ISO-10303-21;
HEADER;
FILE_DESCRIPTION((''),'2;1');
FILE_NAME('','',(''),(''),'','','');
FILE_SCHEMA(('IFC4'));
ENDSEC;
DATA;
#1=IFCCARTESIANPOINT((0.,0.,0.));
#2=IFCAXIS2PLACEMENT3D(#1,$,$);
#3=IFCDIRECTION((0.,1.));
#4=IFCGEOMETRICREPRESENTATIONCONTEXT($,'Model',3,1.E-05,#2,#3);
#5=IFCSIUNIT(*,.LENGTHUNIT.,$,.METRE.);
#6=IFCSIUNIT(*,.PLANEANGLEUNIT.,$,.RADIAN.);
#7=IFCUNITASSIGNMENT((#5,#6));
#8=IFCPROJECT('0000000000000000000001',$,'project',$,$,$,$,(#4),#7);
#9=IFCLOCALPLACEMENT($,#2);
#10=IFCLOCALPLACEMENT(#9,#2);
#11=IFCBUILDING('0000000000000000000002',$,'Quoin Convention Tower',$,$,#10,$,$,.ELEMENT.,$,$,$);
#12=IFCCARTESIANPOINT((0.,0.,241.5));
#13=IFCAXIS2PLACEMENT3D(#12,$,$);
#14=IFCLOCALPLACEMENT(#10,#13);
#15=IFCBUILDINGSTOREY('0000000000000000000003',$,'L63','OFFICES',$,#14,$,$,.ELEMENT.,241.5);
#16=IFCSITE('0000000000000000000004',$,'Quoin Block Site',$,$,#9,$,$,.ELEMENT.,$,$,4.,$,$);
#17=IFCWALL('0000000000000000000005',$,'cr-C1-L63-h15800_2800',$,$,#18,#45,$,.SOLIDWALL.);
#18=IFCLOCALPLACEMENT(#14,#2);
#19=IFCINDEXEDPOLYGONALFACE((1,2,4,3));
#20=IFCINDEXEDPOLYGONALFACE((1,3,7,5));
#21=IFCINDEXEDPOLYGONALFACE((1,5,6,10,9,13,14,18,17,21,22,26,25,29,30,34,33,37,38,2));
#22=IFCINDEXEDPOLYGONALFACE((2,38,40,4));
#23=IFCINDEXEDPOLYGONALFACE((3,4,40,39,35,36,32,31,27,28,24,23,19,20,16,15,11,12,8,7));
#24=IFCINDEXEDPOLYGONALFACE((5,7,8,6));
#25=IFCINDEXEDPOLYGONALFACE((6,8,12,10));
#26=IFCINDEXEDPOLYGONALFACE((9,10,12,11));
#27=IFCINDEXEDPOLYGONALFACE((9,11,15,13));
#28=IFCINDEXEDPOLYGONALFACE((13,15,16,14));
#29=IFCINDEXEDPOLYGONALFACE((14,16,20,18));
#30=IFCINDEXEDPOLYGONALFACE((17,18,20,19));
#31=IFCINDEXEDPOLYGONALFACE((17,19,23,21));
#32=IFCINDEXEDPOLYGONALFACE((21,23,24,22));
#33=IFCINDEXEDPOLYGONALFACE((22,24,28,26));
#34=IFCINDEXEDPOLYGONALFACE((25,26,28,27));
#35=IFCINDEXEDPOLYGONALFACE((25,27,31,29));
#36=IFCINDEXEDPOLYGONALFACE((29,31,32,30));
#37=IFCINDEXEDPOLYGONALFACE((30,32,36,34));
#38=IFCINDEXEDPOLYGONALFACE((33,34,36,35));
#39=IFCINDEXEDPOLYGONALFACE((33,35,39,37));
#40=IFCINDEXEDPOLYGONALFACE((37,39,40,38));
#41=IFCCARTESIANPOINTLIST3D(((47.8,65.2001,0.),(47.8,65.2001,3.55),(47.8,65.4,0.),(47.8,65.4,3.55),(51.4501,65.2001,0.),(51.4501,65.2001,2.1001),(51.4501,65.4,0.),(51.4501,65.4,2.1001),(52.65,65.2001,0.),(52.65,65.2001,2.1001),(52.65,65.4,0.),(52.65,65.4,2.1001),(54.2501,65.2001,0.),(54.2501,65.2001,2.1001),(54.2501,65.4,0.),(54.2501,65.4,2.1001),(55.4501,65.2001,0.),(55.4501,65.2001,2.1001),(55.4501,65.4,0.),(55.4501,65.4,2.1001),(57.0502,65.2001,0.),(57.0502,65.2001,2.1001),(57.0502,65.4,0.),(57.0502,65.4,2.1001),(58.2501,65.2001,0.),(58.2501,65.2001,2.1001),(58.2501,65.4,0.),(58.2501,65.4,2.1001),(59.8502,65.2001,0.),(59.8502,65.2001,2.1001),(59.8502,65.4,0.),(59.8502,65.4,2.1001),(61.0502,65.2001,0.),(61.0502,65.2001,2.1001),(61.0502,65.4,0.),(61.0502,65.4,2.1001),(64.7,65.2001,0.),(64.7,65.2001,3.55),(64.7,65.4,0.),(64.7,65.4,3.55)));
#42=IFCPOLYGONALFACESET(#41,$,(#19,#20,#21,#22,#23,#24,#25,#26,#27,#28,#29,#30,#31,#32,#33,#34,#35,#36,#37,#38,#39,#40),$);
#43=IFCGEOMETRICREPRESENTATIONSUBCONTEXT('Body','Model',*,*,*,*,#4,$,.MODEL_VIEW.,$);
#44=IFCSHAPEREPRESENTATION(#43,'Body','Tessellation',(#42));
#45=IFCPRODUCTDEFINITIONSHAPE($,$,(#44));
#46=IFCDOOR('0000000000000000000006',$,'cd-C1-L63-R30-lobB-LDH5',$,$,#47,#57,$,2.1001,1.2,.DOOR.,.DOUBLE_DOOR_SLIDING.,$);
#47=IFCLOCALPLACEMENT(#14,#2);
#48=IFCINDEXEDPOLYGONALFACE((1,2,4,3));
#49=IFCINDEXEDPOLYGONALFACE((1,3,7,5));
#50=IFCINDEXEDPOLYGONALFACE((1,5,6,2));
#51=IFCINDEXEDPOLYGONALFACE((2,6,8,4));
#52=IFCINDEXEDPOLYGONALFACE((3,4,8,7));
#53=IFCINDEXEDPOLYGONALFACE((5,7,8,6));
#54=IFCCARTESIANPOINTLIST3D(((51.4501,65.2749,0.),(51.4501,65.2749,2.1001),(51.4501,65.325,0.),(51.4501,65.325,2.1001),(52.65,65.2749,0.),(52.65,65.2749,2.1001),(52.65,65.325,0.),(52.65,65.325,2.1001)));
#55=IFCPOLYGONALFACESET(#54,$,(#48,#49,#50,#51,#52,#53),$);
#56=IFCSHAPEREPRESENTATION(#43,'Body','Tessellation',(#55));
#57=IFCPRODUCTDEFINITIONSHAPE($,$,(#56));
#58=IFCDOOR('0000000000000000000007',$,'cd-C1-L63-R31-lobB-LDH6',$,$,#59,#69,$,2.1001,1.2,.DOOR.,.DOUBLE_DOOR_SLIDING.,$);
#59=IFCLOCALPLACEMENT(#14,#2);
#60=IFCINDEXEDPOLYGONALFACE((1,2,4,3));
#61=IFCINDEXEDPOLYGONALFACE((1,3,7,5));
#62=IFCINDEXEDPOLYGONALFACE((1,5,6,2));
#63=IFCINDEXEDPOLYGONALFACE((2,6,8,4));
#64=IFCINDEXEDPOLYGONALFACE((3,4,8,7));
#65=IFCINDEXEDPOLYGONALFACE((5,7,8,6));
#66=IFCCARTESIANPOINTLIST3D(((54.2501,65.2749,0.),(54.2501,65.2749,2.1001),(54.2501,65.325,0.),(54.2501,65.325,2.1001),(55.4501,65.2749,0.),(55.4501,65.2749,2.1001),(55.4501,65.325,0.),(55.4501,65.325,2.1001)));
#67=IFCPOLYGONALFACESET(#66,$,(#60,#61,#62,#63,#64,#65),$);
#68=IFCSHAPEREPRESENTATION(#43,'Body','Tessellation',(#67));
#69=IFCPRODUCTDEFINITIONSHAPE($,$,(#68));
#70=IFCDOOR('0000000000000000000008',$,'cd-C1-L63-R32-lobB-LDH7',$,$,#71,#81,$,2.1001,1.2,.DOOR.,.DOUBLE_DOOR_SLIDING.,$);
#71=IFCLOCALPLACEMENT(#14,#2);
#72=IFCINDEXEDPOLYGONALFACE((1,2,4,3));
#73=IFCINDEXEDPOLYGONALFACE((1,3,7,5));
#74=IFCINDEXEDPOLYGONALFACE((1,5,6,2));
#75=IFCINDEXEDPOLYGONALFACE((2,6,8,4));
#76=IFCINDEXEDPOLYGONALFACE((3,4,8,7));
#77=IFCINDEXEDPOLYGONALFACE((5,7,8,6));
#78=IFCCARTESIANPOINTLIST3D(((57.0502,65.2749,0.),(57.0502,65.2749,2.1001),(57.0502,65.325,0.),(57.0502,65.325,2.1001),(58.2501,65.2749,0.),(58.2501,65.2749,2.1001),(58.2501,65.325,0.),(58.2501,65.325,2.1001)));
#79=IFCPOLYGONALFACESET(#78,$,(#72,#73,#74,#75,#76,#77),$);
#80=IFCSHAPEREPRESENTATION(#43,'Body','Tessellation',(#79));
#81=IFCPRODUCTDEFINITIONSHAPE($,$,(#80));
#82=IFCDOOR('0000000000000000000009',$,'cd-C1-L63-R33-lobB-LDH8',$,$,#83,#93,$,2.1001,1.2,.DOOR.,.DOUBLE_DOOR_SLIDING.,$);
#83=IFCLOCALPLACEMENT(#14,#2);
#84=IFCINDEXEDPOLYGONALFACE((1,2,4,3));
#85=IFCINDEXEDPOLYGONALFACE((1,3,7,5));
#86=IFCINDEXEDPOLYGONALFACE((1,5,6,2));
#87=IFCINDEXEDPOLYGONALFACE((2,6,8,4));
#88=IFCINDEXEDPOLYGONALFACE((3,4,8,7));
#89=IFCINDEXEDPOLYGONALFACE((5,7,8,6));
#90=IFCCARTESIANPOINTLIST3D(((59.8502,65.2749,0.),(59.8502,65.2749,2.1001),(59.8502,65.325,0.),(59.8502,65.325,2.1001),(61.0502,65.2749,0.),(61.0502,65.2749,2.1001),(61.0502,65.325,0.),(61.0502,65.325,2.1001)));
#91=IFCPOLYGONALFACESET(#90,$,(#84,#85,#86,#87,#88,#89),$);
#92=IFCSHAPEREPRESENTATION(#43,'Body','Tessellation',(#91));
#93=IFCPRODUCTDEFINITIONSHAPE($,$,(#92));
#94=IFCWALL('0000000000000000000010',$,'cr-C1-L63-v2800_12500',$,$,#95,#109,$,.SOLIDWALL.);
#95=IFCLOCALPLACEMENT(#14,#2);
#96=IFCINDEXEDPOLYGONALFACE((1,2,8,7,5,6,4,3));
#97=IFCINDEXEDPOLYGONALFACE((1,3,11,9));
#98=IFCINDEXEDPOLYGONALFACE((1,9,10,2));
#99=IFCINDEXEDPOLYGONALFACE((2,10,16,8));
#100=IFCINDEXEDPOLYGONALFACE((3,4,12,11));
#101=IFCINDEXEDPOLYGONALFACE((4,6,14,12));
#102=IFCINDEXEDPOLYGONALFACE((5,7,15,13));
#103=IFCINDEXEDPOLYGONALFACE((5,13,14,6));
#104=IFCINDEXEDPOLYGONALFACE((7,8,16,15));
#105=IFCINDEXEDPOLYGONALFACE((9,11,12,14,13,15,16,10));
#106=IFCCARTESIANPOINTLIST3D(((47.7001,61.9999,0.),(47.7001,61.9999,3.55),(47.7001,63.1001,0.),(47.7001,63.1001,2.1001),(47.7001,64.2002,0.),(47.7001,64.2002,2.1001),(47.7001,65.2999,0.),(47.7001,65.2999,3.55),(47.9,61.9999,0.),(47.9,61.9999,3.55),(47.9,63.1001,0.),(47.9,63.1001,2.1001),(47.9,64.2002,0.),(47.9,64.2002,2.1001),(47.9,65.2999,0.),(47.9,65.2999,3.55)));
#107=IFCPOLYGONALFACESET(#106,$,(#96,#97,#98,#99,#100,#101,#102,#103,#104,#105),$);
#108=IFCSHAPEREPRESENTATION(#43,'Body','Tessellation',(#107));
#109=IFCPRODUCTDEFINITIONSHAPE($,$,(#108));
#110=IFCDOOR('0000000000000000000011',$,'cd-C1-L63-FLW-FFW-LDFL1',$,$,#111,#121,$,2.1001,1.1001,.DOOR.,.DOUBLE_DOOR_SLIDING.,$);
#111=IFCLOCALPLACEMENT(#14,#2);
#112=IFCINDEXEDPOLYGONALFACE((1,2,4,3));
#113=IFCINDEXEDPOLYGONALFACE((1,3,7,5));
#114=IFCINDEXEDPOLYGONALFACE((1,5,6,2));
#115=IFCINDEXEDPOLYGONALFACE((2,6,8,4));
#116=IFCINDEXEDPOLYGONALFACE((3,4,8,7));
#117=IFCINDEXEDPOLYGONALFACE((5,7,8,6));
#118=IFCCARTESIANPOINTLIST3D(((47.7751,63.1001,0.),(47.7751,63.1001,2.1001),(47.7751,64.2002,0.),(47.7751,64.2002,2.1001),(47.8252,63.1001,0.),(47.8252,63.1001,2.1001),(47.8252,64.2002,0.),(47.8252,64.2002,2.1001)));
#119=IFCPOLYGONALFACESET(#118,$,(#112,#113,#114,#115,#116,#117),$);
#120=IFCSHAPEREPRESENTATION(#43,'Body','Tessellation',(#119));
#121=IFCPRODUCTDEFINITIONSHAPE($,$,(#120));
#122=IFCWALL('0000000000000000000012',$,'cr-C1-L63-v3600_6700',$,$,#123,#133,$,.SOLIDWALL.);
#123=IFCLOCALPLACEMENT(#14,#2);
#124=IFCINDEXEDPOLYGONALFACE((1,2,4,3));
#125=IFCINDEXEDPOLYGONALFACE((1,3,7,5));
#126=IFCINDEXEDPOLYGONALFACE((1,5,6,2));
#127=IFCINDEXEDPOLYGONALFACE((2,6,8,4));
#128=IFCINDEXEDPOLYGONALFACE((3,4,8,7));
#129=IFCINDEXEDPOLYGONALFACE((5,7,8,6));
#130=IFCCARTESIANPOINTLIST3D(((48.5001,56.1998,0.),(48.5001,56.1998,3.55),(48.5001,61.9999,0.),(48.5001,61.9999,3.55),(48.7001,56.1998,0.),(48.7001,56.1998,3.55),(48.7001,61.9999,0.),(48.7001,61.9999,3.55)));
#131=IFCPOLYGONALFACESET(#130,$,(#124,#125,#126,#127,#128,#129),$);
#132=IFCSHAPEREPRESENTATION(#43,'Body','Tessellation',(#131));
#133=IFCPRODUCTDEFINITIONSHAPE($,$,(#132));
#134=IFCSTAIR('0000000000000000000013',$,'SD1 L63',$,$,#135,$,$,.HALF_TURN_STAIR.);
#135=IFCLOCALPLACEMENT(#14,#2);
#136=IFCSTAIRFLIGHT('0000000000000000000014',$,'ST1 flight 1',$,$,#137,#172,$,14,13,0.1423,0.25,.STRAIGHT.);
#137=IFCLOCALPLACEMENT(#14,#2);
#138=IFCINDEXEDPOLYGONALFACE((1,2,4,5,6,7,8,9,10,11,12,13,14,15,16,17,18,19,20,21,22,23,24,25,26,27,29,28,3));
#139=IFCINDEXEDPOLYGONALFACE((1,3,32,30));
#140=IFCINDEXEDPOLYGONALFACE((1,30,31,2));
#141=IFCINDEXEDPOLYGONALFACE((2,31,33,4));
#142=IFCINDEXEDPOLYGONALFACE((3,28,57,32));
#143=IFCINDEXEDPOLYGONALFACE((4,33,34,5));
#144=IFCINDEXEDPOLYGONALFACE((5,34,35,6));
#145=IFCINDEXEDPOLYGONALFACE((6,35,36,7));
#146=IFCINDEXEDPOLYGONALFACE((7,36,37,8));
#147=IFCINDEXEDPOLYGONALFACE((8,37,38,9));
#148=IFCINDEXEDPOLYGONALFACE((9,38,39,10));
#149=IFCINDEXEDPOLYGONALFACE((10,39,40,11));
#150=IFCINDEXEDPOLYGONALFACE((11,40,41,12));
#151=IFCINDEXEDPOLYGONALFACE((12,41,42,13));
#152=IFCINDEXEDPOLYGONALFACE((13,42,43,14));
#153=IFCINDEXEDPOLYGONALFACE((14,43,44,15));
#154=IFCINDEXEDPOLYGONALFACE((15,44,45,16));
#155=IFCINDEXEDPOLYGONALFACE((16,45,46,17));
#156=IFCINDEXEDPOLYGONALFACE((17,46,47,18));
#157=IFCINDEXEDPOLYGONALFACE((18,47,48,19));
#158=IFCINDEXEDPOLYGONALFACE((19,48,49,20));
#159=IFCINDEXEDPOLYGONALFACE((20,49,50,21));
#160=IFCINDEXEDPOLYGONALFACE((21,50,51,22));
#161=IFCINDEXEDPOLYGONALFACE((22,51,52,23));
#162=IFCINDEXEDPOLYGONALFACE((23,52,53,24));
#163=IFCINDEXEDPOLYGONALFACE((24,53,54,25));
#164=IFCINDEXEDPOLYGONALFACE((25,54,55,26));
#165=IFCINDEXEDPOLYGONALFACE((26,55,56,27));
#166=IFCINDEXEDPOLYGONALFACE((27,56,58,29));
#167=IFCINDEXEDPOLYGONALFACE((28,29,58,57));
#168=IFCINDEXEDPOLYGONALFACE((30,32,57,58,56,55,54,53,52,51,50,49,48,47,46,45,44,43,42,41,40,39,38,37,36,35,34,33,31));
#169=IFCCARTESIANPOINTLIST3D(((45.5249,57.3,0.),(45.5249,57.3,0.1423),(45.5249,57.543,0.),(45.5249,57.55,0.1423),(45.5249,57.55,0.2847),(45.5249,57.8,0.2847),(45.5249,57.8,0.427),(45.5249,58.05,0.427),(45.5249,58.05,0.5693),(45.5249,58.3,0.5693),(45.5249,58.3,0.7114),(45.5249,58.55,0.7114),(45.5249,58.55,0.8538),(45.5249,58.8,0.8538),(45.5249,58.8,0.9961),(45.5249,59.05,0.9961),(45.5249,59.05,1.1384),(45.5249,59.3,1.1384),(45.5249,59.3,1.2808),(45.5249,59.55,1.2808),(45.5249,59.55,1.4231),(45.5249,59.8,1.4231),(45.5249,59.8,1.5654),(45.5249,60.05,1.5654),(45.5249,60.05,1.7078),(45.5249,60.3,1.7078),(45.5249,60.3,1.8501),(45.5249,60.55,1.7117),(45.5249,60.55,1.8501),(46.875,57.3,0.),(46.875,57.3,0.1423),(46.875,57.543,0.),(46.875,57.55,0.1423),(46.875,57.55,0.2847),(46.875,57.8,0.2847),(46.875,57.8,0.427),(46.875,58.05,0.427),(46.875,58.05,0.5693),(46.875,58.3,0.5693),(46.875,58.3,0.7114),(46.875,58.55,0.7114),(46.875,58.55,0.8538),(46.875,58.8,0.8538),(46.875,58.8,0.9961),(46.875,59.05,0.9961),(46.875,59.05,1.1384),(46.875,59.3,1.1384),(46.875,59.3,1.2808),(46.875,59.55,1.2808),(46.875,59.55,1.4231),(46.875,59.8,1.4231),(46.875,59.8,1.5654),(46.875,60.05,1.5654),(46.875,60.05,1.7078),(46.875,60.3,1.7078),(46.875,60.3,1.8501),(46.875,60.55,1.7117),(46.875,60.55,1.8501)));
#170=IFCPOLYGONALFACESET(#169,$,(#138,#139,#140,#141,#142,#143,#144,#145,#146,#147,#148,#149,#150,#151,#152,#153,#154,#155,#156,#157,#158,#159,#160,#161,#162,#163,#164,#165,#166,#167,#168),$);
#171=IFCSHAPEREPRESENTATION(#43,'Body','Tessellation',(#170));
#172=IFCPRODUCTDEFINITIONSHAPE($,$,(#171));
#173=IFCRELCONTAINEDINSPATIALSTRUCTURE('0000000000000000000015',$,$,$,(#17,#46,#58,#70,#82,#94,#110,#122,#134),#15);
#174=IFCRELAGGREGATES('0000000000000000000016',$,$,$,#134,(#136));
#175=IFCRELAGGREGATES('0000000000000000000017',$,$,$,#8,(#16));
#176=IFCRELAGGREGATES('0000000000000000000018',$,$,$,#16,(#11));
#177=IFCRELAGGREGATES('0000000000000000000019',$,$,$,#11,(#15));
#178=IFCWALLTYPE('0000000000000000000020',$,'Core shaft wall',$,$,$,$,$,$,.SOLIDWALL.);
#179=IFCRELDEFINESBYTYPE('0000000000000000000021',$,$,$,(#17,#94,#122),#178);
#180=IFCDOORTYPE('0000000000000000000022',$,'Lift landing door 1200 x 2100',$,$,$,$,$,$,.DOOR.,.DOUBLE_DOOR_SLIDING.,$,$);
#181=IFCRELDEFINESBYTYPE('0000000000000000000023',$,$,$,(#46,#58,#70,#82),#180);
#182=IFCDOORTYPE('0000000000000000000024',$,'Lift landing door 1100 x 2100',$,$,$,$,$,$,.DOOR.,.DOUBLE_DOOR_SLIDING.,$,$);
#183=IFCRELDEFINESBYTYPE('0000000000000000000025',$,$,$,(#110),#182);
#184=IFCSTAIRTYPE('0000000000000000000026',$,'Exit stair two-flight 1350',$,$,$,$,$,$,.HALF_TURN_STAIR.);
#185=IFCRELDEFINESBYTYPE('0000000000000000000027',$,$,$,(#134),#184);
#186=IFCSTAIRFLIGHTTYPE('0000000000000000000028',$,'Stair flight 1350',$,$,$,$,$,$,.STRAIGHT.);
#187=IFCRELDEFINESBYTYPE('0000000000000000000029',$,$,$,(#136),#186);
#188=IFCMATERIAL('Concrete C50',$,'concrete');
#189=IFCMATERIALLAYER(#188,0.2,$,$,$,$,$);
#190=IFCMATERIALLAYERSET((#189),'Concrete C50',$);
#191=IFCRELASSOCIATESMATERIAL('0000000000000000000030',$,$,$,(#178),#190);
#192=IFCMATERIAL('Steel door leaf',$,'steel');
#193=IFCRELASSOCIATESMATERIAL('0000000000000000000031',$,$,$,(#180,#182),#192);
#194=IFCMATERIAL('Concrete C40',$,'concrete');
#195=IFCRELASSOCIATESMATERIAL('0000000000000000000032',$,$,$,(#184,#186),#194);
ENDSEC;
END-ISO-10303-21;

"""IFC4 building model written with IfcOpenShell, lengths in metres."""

from ifc_helpers import new_model, si_unit, direction, frame, frame_2d, origin, place, context, subcontext, project, spatial, polyline, rectangle, outline, extrude, material, layer, layer_set, type_object, element, fill, aggregate, save


model = new_model("IFC4")

# Units and contexts
model_context = context("Model", 3, precision=1e-05, world=origin(), true_north=direction((0.0, 1.0)))
body_context = subcontext(model_context, "Body", "Model", "MODEL_VIEW")
ifc_project = project(units=[si_unit("LENGTHUNIT", "METRE"), si_unit("PLANEANGLEUNIT", "RADIAN")], contexts=[model_context])

# Site, building, storey
site_placement = place(None, origin())
site = spatial("IfcSite", under=ifc_project, at=site_placement, Name="Quoin Block Site", CompositionType="ELEMENT", RefElevation=4.0)
building_placement = place(site_placement, origin())
building = spatial("IfcBuilding", under=site, at=building_placement, Name="Quoin Convention Tower", CompositionType="ELEMENT")
storey_placement = place(building_placement, frame((0.0, 0.0, 241.5)))
storey = spatial("IfcBuildingStorey", under=building, at=storey_placement, Name="L63", Description="OFFICES", CompositionType="ELEMENT", Elevation=241.5)

# Shared definitions
ifc_material_1 = material(Name="Steel door leaf", Category="steel")

# Shared definitions
ifc_material_2 = material(Name="Concrete C50", Category="concrete")
ifc_layer_1 = layer(ifc_material_2, 0.2)
ifc_layer_set_1 = layer_set([ifc_layer_1], Name="Concrete C50")
wall_type_1 = type_object("IfcWallType", Name="Core shaft wall", PredefinedType="SOLIDWALL", material=ifc_layer_set_1)

# Wall, openings, doors
door_type_1 = type_object("IfcDoorType", Name="Lift landing door 1200 x 2100", OperationType="DOUBLE_DOOR_SLIDING", PredefinedType="DOOR", material=ifc_material_1)
wall_1_placement = place(storey_placement, frame((47.8, 65.3, 0.0), z_axis=(0.0, 0.0, 1.0), x_axis=(1.0, 0.0, 0.0)))
wall_1 = element("IfcWall", 1, at=wall_1_placement, inside=storey, type_object=wall_type_1, Name="cr-C1-L63-h15800_2800", PredefinedType="SOLIDWALL", context=body_context, shape_type="SweptSolid", body=[
    extrude(rectangle(XDim=16.8999, YDim=0.2, at=frame_2d((8.45, 0.0))), origin(), (0.0, 0.0, 1.0), 3.55),
])
opening_1_placement = place(wall_1_placement, frame((3.6499, 0.0, 0.0)))
opening_1 = element("IfcOpeningElement", 2, at=opening_1_placement, cuts=wall_1, PredefinedType="OPENING", context=body_context, shape_type="SweptSolid", body=[
    extrude(rectangle(XDim=1.2, YDim=2.1001, at=frame_2d((0.6001, 1.05))), frame((0.0, 0.1099, 0.0), z_axis=(0.0, -1.0, 0.0), x_axis=(1.0, 0.0, 0.0)), (0.0, 0.0, 1.0), 0.22),
])
opening_2_placement = place(wall_1_placement, frame((6.45, 0.0, 0.0)))
opening_2 = element("IfcOpeningElement", 3, at=opening_2_placement, cuts=wall_1, PredefinedType="OPENING", context=body_context, shape_type="SweptSolid", body=[
    extrude(rectangle(XDim=1.2, YDim=2.1001, at=frame_2d((0.6001, 1.05))), frame((0.0, 0.1099, 0.0), z_axis=(0.0, -1.0, 0.0), x_axis=(1.0, 0.0, 0.0)), (0.0, 0.0, 1.0), 0.22),
])
opening_3_placement = place(wall_1_placement, frame((9.25, 0.0, 0.0)))
opening_3 = element("IfcOpeningElement", 4, at=opening_3_placement, cuts=wall_1, PredefinedType="OPENING", context=body_context, shape_type="SweptSolid", body=[
    extrude(rectangle(XDim=1.2, YDim=2.1001, at=frame_2d((0.6001, 1.05))), frame((0.0, 0.1099, 0.0), z_axis=(0.0, -1.0, 0.0), x_axis=(1.0, 0.0, 0.0)), (0.0, 0.0, 1.0), 0.22),
])
opening_4_placement = place(wall_1_placement, frame((12.05, 0.0, 0.0)))
opening_4 = element("IfcOpeningElement", 5, at=opening_4_placement, cuts=wall_1, PredefinedType="OPENING", context=body_context, shape_type="SweptSolid", body=[
    extrude(rectangle(XDim=1.2, YDim=2.1001, at=frame_2d((0.6001, 1.05))), frame((0.0, 0.1099, 0.0), z_axis=(0.0, -1.0, 0.0), x_axis=(1.0, 0.0, 0.0)), (0.0, 0.0, 1.0), 0.22),
])
door_1_placement = place(opening_1_placement, origin())
door_1 = element("IfcDoor", 6, at=door_1_placement, inside=storey, type_object=door_type_1, Name="cd-C1-L63-R30-lobB-LDH5", OperationType="DOUBLE_DOOR_SLIDING", OverallHeight=2.1001, OverallWidth=1.2, PredefinedType="DOOR", context=body_context, shape_type="SweptSolid", body=[
    extrude(rectangle(XDim=1.2, YDim=2.1001, at=frame_2d((0.6001, 1.05))), frame((0.0, 0.0249, 0.0), z_axis=(0.0, -1.0, 0.0), x_axis=(1.0, 0.0, 0.0)), (0.0, 0.0, 1.0), 0.05),
])
fill(opening_1, door_1)
door_2_placement = place(opening_2_placement, origin())
door_2 = element("IfcDoor", 7, at=door_2_placement, inside=storey, type_object=door_type_1, Name="cd-C1-L63-R31-lobB-LDH6", OperationType="DOUBLE_DOOR_SLIDING", OverallHeight=2.1001, OverallWidth=1.2, PredefinedType="DOOR", context=body_context, shape_type="SweptSolid", body=[
    extrude(rectangle(XDim=1.2, YDim=2.1001, at=frame_2d((0.6001, 1.05))), frame((0.0, 0.0249, 0.0), z_axis=(0.0, -1.0, 0.0), x_axis=(1.0, 0.0, 0.0)), (0.0, 0.0, 1.0), 0.05),
])
fill(opening_2, door_2)
door_3_placement = place(opening_3_placement, origin())
door_3 = element("IfcDoor", 8, at=door_3_placement, inside=storey, type_object=door_type_1, Name="cd-C1-L63-R32-lobB-LDH7", OperationType="DOUBLE_DOOR_SLIDING", OverallHeight=2.1001, OverallWidth=1.2, PredefinedType="DOOR", context=body_context, shape_type="SweptSolid", body=[
    extrude(rectangle(XDim=1.2, YDim=2.1001, at=frame_2d((0.6001, 1.05))), frame((0.0, 0.0249, 0.0), z_axis=(0.0, -1.0, 0.0), x_axis=(1.0, 0.0, 0.0)), (0.0, 0.0, 1.0), 0.05),
])
fill(opening_3, door_3)
door_4_placement = place(opening_4_placement, origin())
door_4 = element("IfcDoor", 9, at=door_4_placement, inside=storey, type_object=door_type_1, Name="cd-C1-L63-R33-lobB-LDH8", OperationType="DOUBLE_DOOR_SLIDING", OverallHeight=2.1001, OverallWidth=1.2, PredefinedType="DOOR", context=body_context, shape_type="SweptSolid", body=[
    extrude(rectangle(XDim=1.2, YDim=2.1001, at=frame_2d((0.6001, 1.05))), frame((0.0, 0.0249, 0.0), z_axis=(0.0, -1.0, 0.0), x_axis=(1.0, 0.0, 0.0)), (0.0, 0.0, 1.0), 0.05),
])
fill(opening_4, door_4)

# Wall, opening, door
wall_2_placement = place(storey_placement, frame((47.8, 62.0, 0.0), z_axis=(0.0, 0.0, 1.0), x_axis=(0.0, 1.0, 0.0)))
wall_2 = element("IfcWall", 10, at=wall_2_placement, inside=storey, type_object=wall_type_1, Name="cr-C1-L63-v2800_12500", PredefinedType="SOLIDWALL", context=body_context, shape_type="SweptSolid", body=[
    extrude(rectangle(XDim=3.3, YDim=0.2, at=frame_2d((1.6499, 0.0))), origin(), (0.0, 0.0, 1.0), 3.55),
])
opening_5_placement = place(wall_2_placement, frame((1.1001, 0.0, 0.0)))
opening_5 = element("IfcOpeningElement", 11, at=opening_5_placement, cuts=wall_2, PredefinedType="OPENING", context=body_context, shape_type="SweptSolid", body=[
    extrude(rectangle(XDim=1.1001, YDim=2.1001, at=frame_2d((0.55, 1.05))), frame((0.0, 0.1099, 0.0), z_axis=(0.0, -1.0, 0.0), x_axis=(1.0, 0.0, 0.0)), (0.0, 0.0, 1.0), 0.22),
])
door_type_2 = type_object("IfcDoorType", Name="Lift landing door 1100 x 2100", OperationType="DOUBLE_DOOR_SLIDING", PredefinedType="DOOR", material=ifc_material_1)
door_5_placement = place(opening_5_placement, origin())
door_5 = element("IfcDoor", 12, at=door_5_placement, inside=storey, type_object=door_type_2, Name="cd-C1-L63-FLW-FFW-LDFL1", OperationType="DOUBLE_DOOR_SLIDING", OverallHeight=2.1001, OverallWidth=1.1001, PredefinedType="DOOR", context=body_context, shape_type="SweptSolid", body=[
    extrude(rectangle(XDim=1.1001, YDim=2.1001, at=frame_2d((0.55, 1.05))), frame((0.0, 0.0249, 0.0), z_axis=(0.0, -1.0, 0.0), x_axis=(1.0, 0.0, 0.0)), (0.0, 0.0, 1.0), 0.05),
])
fill(opening_5, door_5)

# Wall
wall_3_placement = place(storey_placement, frame((48.6001, 56.2, 0.0), z_axis=(0.0, 0.0, 1.0), x_axis=(0.0, 1.0, 0.0)))
element("IfcWall", 13, at=wall_3_placement, inside=storey, type_object=wall_type_1, Name="cr-C1-L63-v3600_6700", PredefinedType="SOLIDWALL", context=body_context, shape_type="SweptSolid", body=[
    extrude(rectangle(XDim=5.8, YDim=0.2, at=frame_2d((2.8999, 0.0))), origin(), (0.0, 0.0, 1.0), 3.55),
])

# Stair, stair flight
ifc_material_3 = material(Name="Concrete C40", Category="concrete")
stair_type = type_object("IfcStairType", Name="Exit stair two-flight 1350", PredefinedType="HALF_TURN_STAIR", material=ifc_material_3)
stair_placement = place(storey_placement, origin())
stair = element("IfcStair", 14, at=stair_placement, inside=storey, type_object=stair_type, Name="SD1 L63", PredefinedType="HALF_TURN_STAIR")
stair_flight_type = type_object("IfcStairFlightType", Name="Stair flight 1350", PredefinedType="STRAIGHT", material=ifc_material_3)
stair_flight_1_placement = place(storey_placement, frame((46.2, 57.3, 0.0), z_axis=(0.0, 0.0, 1.0), x_axis=(0.0, 1.0, 0.0)))
stair_flight_1 = element("IfcStairFlight", 15, at=stair_flight_1_placement, type_object=stair_flight_type, Name="ST1 flight 1", NumberOfRisers=14, NumberOfTreads=13, PredefinedType="STRAIGHT", RiserHeight=0.1423, TreadLength=0.25, context=body_context, shape_type="SweptSolid", body=[
    extrude(outline(polyline([(0.0, 0.0), (0.0, 0.1423), (0.25, 0.1423), (0.25, 0.2847), (0.5, 0.2847), (0.5, 0.427), (0.75, 0.427), (0.75, 0.5693), (1.0, 0.5693), (1.0, 0.7114), (1.25, 0.7114), (1.25, 0.8538), (1.5, 0.8538), (1.5, 0.9961), (1.75, 0.9961), (1.75, 1.1384), (2.0, 1.1384), (2.0, 1.2808), (2.25, 1.2808), (2.25, 1.4231), (2.5, 1.4231), (2.5, 1.5654), (2.75, 1.5654), (2.75, 1.7078), (3.0, 1.7078), (3.0, 1.8501), (3.25, 1.8501), (3.25, 1.9922), (3.25, 1.7117), (0.2429, 0.0), (0.0, 0.0)])), frame((0.0, 0.675, 0.0), z_axis=(0.0, -1.0, 0.0), x_axis=(1.0, 0.0, 0.0)), (0.0, 0.0, 1.0), 1.3501),
])
aggregate(stair, [stair_flight_1])

save(model, "model.ifc")
